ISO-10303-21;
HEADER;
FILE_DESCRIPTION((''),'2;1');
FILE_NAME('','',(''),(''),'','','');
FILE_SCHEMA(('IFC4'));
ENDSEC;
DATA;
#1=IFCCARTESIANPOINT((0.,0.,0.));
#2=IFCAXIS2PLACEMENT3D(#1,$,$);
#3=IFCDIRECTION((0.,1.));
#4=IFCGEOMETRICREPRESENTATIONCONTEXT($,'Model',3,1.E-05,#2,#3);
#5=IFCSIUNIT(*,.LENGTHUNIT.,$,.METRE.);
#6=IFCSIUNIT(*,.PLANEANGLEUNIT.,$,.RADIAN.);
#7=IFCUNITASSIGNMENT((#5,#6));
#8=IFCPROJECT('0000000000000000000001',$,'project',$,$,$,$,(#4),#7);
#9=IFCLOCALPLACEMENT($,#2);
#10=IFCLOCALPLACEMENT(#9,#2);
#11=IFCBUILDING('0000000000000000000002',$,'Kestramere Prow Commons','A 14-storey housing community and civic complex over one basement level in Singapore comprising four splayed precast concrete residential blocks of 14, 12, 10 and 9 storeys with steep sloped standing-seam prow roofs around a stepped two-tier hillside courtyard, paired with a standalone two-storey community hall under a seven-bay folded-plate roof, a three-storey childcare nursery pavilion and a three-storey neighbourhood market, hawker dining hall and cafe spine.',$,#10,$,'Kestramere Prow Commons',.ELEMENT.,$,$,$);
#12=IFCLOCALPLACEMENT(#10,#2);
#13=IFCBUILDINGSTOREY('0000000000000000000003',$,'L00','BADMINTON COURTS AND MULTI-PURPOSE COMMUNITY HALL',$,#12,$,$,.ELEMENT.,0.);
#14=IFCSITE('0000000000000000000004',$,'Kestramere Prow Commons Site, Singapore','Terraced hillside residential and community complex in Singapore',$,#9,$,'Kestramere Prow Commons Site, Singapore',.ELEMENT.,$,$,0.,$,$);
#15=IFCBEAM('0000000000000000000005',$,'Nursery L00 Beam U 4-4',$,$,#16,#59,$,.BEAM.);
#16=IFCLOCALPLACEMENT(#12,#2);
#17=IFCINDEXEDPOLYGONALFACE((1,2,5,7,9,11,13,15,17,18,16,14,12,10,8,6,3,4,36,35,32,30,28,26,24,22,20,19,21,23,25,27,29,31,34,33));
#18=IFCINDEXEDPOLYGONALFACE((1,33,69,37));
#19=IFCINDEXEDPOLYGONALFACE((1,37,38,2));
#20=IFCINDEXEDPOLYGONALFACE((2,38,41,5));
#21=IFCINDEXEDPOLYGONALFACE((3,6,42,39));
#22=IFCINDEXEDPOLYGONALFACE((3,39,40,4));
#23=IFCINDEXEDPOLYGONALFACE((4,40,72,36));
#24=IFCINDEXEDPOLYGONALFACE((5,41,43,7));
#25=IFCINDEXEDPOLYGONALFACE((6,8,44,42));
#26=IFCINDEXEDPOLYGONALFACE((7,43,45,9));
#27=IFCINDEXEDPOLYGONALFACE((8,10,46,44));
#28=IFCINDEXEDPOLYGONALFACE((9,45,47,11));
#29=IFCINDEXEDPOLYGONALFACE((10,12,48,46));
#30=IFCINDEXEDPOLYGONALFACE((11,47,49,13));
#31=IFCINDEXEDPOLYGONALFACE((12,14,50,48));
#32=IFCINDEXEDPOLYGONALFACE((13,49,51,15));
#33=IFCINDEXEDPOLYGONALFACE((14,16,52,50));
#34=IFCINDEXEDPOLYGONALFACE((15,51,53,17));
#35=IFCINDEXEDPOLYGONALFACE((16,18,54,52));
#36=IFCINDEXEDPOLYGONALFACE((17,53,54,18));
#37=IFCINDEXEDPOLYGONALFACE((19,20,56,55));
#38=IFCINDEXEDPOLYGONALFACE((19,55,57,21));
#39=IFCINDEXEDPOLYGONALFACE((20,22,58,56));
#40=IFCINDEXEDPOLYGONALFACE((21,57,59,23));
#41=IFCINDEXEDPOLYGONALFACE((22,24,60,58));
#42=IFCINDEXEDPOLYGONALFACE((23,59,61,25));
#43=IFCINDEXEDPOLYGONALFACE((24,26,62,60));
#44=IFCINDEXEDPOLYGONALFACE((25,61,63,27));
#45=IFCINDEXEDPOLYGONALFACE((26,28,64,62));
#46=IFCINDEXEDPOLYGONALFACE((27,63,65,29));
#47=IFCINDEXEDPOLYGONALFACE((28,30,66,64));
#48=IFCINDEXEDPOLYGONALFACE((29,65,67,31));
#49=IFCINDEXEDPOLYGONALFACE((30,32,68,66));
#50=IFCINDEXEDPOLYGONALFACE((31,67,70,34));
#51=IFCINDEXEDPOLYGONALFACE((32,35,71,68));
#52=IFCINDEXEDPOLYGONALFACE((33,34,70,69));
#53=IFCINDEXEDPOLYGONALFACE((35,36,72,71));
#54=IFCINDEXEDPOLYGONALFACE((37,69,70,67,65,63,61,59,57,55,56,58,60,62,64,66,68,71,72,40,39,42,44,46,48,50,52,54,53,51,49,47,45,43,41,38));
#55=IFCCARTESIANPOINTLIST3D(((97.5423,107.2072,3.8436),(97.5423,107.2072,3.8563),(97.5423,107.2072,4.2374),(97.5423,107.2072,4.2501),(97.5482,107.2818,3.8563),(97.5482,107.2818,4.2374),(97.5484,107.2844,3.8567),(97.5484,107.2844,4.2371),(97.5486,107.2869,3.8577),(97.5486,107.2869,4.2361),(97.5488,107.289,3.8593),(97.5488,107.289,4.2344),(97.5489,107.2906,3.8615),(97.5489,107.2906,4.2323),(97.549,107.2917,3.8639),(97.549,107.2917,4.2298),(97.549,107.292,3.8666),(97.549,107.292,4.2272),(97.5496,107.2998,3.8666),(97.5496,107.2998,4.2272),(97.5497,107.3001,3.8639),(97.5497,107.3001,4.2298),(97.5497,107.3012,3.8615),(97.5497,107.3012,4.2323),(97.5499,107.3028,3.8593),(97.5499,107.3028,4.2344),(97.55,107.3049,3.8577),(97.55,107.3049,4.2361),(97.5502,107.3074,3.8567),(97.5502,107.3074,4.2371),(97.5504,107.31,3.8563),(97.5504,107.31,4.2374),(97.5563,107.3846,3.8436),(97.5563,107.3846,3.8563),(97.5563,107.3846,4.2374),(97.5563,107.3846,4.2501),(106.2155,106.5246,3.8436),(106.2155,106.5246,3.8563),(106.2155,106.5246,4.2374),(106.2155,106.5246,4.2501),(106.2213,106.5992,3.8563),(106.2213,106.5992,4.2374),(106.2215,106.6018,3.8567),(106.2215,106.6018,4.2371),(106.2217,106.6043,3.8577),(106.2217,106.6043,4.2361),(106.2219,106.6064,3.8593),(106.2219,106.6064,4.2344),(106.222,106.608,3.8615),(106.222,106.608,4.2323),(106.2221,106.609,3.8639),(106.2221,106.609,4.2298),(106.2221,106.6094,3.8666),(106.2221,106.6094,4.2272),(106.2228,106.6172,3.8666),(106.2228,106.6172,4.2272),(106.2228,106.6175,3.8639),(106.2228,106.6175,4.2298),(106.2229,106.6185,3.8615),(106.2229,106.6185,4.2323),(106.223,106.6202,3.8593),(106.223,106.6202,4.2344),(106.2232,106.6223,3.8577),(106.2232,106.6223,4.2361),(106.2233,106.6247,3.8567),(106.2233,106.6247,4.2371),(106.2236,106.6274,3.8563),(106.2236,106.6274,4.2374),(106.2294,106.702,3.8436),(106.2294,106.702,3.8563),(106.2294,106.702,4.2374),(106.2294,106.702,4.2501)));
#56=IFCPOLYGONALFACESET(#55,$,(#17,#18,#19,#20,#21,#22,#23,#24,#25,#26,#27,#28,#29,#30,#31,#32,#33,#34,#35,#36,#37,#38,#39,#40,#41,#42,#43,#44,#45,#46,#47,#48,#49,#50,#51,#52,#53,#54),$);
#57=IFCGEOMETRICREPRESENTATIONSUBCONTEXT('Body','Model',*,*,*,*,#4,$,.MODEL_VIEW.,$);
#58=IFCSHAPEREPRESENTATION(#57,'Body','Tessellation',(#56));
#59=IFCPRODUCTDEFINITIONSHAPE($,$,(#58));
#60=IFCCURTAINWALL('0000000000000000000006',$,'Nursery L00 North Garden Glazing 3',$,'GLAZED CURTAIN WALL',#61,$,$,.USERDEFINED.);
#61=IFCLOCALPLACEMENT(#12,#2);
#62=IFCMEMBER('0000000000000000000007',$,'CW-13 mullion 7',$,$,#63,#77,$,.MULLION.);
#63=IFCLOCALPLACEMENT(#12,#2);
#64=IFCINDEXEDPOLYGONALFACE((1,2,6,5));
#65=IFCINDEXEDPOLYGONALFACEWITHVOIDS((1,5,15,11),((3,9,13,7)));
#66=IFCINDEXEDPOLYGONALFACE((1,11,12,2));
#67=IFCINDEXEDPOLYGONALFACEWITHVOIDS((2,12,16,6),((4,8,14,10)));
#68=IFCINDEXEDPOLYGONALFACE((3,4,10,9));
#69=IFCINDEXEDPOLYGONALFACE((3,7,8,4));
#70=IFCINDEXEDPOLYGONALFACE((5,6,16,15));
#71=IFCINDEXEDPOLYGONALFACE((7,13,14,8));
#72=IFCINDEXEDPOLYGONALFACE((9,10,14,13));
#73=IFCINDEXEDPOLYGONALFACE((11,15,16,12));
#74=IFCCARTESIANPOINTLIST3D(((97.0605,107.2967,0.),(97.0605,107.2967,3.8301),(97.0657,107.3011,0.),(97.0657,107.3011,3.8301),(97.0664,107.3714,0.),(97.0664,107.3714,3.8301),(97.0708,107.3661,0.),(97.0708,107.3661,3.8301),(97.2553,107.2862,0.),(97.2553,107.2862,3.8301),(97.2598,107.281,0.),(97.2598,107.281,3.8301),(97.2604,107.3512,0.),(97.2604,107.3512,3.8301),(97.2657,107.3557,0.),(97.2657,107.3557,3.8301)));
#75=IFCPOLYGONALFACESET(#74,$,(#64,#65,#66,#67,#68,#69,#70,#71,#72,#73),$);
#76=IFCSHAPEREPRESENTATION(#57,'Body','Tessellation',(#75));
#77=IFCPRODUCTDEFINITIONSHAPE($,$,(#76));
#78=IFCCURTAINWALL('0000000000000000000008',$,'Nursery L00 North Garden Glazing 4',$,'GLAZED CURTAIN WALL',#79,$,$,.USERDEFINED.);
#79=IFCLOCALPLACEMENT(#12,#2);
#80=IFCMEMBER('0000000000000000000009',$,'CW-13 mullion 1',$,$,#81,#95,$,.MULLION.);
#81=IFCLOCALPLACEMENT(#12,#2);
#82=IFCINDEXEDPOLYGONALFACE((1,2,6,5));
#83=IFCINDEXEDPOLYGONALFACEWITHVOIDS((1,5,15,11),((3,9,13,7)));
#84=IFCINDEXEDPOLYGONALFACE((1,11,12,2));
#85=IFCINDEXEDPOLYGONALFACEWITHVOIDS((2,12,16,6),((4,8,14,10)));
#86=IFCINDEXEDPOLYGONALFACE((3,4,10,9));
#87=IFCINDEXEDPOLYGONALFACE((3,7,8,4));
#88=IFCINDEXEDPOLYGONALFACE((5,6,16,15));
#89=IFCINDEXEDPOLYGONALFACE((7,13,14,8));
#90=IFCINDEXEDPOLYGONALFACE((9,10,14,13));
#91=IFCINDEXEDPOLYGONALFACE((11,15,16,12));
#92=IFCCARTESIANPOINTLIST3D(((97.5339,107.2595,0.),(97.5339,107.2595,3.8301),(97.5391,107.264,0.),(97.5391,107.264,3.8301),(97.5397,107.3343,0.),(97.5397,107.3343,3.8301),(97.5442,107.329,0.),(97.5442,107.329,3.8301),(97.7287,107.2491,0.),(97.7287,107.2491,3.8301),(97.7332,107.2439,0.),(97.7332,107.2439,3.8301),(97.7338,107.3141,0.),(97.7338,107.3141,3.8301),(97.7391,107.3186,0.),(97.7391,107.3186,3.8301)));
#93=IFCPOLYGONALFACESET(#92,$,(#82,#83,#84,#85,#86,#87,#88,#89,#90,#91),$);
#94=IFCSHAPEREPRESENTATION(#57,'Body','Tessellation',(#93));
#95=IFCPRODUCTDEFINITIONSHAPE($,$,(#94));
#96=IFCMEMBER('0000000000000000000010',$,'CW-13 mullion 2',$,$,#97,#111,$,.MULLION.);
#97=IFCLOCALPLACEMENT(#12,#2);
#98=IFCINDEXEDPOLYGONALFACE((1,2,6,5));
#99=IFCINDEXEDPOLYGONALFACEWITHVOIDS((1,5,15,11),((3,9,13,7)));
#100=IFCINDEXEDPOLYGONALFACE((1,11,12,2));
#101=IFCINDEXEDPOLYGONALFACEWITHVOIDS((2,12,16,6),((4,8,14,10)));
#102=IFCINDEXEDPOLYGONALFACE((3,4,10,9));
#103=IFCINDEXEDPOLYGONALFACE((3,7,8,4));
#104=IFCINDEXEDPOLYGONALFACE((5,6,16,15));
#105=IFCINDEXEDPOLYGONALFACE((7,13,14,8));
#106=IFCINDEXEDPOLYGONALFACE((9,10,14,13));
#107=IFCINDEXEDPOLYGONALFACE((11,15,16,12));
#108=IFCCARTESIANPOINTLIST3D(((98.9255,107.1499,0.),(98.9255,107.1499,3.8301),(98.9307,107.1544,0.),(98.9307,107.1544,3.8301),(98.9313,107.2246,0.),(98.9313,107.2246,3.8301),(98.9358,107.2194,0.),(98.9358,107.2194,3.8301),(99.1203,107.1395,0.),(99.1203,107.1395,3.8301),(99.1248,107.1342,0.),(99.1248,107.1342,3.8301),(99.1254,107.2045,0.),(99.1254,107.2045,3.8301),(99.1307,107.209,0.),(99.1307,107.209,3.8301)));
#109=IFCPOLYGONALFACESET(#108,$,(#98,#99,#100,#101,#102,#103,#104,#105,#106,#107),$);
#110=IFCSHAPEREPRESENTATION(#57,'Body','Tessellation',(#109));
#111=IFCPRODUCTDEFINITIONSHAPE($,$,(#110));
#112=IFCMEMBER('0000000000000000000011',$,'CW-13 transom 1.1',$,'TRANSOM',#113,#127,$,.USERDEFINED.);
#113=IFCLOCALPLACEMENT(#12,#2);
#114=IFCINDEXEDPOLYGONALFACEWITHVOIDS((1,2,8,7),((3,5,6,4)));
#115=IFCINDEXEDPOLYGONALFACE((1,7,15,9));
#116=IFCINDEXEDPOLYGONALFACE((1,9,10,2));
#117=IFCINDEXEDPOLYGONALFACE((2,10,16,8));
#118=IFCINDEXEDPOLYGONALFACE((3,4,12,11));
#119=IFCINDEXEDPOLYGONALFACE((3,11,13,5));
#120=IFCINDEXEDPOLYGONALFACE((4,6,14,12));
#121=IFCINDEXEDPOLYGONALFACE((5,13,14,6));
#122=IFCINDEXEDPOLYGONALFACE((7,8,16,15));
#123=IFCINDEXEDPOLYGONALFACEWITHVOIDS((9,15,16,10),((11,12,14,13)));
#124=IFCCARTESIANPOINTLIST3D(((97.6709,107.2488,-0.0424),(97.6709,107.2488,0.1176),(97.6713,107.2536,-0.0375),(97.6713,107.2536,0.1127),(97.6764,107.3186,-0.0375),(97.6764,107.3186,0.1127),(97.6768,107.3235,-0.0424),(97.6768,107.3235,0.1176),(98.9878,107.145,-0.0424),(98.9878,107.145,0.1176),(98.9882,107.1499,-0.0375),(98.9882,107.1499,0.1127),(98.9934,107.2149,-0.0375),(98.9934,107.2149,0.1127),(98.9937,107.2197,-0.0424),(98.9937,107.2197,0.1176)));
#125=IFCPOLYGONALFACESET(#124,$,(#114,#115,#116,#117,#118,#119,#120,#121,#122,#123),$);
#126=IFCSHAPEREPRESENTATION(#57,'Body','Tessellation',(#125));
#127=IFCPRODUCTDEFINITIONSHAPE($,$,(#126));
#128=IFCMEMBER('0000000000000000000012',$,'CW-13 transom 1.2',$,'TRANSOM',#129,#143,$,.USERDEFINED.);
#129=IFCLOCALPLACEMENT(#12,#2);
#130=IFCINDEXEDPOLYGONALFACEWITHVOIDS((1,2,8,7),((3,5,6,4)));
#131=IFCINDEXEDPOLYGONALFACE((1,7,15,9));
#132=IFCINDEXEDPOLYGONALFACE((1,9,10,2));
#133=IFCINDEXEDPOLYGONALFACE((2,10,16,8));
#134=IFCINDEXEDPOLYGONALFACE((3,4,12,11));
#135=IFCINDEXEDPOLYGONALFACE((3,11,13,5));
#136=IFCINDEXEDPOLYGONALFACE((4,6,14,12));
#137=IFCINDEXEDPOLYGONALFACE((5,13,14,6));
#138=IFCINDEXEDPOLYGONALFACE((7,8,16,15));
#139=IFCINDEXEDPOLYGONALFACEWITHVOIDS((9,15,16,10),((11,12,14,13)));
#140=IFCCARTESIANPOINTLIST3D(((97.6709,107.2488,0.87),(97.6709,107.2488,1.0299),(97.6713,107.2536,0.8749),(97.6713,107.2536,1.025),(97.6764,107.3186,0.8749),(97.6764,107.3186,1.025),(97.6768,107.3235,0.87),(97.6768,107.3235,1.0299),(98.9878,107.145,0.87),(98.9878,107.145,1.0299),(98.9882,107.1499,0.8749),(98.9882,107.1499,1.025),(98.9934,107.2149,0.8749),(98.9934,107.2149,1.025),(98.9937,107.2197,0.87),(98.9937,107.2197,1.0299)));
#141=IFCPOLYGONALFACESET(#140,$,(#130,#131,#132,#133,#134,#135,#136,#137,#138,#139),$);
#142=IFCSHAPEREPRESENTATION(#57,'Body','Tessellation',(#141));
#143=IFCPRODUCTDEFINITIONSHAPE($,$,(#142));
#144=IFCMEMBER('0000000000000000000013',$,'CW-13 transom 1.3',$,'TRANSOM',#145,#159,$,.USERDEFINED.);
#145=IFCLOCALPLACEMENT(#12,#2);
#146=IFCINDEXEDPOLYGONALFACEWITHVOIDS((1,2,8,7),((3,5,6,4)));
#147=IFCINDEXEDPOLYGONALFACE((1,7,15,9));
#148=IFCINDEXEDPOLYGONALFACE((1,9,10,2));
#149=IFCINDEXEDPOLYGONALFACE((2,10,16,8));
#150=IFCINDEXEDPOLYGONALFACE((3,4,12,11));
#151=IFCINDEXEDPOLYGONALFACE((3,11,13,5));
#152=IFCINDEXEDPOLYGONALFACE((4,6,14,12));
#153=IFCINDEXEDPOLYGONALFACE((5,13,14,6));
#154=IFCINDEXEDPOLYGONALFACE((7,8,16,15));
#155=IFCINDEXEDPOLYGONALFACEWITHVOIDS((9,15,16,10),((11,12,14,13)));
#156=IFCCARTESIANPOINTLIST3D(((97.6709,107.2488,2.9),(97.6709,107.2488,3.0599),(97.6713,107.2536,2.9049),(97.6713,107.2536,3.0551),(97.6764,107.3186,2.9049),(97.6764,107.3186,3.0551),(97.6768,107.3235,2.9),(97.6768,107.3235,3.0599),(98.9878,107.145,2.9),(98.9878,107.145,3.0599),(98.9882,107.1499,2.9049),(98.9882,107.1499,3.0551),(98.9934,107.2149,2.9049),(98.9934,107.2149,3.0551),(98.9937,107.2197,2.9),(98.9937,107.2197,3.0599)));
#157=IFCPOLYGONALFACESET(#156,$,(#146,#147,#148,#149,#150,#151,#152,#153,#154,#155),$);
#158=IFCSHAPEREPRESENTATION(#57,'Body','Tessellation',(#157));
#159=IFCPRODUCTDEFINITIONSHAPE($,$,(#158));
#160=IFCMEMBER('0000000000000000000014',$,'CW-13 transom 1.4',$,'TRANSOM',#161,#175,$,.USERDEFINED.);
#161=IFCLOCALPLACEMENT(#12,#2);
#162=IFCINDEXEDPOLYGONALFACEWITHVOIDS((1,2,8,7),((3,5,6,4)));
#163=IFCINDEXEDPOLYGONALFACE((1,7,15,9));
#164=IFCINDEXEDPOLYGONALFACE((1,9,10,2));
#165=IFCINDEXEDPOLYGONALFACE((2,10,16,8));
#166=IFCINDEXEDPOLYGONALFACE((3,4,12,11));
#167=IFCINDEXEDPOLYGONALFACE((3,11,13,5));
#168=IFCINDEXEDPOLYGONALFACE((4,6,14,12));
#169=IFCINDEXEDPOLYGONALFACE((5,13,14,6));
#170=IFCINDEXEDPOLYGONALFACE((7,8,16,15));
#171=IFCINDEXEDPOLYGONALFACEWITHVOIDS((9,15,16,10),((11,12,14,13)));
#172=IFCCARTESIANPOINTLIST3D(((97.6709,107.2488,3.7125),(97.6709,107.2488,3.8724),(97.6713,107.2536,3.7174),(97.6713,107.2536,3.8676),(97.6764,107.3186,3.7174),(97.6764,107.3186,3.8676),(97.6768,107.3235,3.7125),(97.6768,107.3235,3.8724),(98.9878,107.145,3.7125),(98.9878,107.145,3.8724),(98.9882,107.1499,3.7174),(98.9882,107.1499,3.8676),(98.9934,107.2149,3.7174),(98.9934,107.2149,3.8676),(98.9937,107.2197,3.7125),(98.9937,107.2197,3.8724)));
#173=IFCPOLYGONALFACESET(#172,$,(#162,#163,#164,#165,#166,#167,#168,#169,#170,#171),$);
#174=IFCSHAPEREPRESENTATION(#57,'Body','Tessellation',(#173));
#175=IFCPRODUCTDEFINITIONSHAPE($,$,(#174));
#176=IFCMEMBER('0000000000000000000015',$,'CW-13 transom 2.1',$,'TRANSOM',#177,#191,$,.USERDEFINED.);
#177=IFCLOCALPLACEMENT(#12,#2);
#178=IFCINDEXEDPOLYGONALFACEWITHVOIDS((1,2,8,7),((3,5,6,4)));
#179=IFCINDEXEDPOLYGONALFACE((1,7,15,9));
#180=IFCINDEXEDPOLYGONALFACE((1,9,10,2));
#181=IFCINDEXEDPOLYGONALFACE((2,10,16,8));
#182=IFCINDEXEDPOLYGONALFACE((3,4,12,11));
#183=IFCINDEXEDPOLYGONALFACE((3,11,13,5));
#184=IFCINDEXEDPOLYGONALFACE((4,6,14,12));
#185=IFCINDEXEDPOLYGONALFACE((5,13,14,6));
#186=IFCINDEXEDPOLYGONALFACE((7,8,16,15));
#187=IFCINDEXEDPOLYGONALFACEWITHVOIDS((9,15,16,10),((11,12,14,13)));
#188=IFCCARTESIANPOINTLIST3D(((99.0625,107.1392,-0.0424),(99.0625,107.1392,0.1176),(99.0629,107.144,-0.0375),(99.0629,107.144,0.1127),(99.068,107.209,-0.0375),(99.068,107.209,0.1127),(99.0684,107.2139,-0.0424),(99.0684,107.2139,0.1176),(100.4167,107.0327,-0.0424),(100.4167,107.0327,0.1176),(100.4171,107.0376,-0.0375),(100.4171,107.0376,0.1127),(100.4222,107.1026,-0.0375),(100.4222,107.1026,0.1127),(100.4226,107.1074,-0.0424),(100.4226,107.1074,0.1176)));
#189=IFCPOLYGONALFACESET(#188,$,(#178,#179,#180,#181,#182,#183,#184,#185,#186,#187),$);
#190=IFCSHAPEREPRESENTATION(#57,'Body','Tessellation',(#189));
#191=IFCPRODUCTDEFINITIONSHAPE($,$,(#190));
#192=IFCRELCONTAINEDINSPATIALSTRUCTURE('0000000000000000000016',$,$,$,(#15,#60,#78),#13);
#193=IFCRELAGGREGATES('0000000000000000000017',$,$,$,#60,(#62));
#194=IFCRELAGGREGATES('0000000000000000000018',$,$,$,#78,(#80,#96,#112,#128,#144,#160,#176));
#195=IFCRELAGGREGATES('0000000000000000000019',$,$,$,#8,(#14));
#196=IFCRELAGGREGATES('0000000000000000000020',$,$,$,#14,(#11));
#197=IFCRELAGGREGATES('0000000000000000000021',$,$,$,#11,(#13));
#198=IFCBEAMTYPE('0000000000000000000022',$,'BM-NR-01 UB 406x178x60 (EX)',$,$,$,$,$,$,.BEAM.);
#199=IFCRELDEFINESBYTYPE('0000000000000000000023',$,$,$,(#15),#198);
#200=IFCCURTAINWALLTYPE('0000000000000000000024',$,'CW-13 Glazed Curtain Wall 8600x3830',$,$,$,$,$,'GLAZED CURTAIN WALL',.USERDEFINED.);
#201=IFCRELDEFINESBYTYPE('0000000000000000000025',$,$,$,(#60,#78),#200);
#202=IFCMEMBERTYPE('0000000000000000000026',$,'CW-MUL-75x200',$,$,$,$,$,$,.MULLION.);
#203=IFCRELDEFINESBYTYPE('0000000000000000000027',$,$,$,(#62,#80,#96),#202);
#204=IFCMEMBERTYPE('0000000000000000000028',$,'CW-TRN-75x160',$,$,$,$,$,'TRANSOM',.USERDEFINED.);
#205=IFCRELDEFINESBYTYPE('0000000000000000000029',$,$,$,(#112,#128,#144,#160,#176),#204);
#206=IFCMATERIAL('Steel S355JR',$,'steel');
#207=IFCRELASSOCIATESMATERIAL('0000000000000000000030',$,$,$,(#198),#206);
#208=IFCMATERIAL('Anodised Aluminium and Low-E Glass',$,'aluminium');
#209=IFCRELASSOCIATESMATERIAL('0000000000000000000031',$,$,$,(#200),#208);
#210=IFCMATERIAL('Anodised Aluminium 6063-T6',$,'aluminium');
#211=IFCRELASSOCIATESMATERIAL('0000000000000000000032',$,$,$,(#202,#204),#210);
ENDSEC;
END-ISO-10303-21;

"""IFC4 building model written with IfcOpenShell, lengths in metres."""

from ifc_helpers import new_model, si_unit, direction, frame, origin, origin_2d, place, context, subcontext, project, spatial, hollow_rectangle, i_section, extrude, material, material_profile, profile_set, type_object, element, aggregate, save


model = new_model("IFC4")

# Units and contexts
model_context = context("Model", 3, precision=1e-05, world=origin(), true_north=direction((0.0, 1.0)))
body_context = subcontext(model_context, "Body", "Model", "MODEL_VIEW")
ifc_project = project(units=[si_unit("LENGTHUNIT", "METRE"), si_unit("PLANEANGLEUNIT", "RADIAN")], contexts=[model_context])

# Site, building, storey
site_placement = place(None, origin())
site = spatial("IfcSite", under=ifc_project, at=site_placement, Name="Kestramere Prow Commons Site, Singapore", Description="Terraced hillside residential and community complex in Singapore", LongName="Kestramere Prow Commons Site, Singapore", CompositionType="ELEMENT", RefElevation=0.0)
building_placement = place(site_placement, origin())
building = spatial("IfcBuilding", under=site, at=building_placement, Name="Kestramere Prow Commons", Description="A 14-storey housing community and civic complex over one basement level in Singapore comprising four splayed precast concrete residential blocks of 14, 12, 10 and 9 storeys with steep sloped standing-seam prow roofs around a stepped two-tier hillside courtyard, paired with a standalone two-storey community hall under a seven-bay folded-plate roof, a three-storey childcare nursery pavilion and a three-storey neighbourhood market, hawker dining hall and cafe spine.", LongName="Kestramere Prow Commons", CompositionType="ELEMENT")
storey_placement = place(building_placement, origin())
storey = spatial("IfcBuildingStorey", under=building, at=storey_placement, Name="L00", Description="BADMINTON COURTS AND MULTI-PURPOSE COMMUNITY HALL", CompositionType="ELEMENT", Elevation=0.0)

# Shared definitions
ifc_material_1 = material(Name="Steel S355JR", Category="steel")

# Beam
ifc_material_profile_1 = material_profile(ifc_material_1, i_section(OverallWidth=0.178, OverallDepth=0.4065, WebThickness=0.0078, FlangeThickness=0.0127, FilletRadius=0.0103, at=origin_2d()), Name="UB 406x178x60")
ifc_profile_set_1 = profile_set([ifc_material_profile_1], Name="Steel S355JR")
beam_type_1 = type_object("IfcBeamType", Name="BM-NR-01 UB 406x178x60 (EX)", PredefinedType="BEAM", material=ifc_profile_set_1)
beam_1_placement = place(storey_placement, frame((97.5493, 107.2959, 4.0469), z_axis=(0.996917, -0.078462, 0.0), x_axis=(0.078462, 0.996917, 0.0)))
element("IfcBeam", 1, at=beam_1_placement, inside=storey, type_object=beam_type_1, Name="Nursery L00 Beam U 4-4", PredefinedType="BEAM", context=body_context, shape_type="SweptSolid", body=[
    extrude(i_section(OverallWidth=0.178, OverallDepth=0.4065, WebThickness=0.0078, FlangeThickness=0.0127, FilletRadius=0.0103, at=origin_2d()), origin(), (0.0, 0.0, 1.0), 8.7),
])

# Curtain wall, member
ifc_material_2 = material(Name="Anodised Aluminium and Low-E Glass", Category="aluminium")
curtain_wall_type = type_object("IfcCurtainWallType", Name="CW-13 Glazed Curtain Wall 8600x3830", ElementType="GLAZED CURTAIN WALL", PredefinedType="USERDEFINED", material=ifc_material_2)
curtain_wall_1_placement = place(storey_placement, origin())
curtain_wall_1 = element("IfcCurtainWall", 2, at=curtain_wall_1_placement, inside=storey, type_object=curtain_wall_type, Name="Nursery L00 North Garden Glazing 3", ObjectType="GLAZED CURTAIN WALL", PredefinedType="USERDEFINED")
ifc_material_3 = material(Name="Anodised Aluminium 6063-T6", Category="aluminium")
ifc_material_profile_2 = material_profile(ifc_material_3, hollow_rectangle(XDim=0.075, YDim=0.2, WallThickness=0.0049, at=origin_2d()), Name="ALU-MUL 75x200")
ifc_profile_set_2 = profile_set([ifc_material_profile_2], Name="Anodised Aluminium 6063-T6")
member_type_1 = type_object("IfcMemberType", Name="CW-MUL-75x200", PredefinedType="MULLION", material=ifc_profile_set_2)
member_1_placement = place(storey_placement, frame((97.1631, 107.3262, 0.0), z_axis=(0.0, 0.0, 1.0), x_axis=(0.078459, 0.996917, 0.0)))
member_1 = element("IfcMember", 3, at=member_1_placement, type_object=member_type_1, Name="CW-13 mullion 7", PredefinedType="MULLION", context=body_context, shape_type="SweptSolid", body=[
    extrude(hollow_rectangle(XDim=0.075, YDim=0.2, WallThickness=0.0049, at=origin_2d()), origin(), (0.0, 0.0, 1.0), 3.8301),
])

# Curtain wall, members
curtain_wall_2_placement = place(storey_placement, origin())
curtain_wall_2 = element("IfcCurtainWall", 4, at=curtain_wall_2_placement, inside=storey, type_object=curtain_wall_type, Name="Nursery L00 North Garden Glazing 4", ObjectType="GLAZED CURTAIN WALL", PredefinedType="USERDEFINED")
member_2_placement = place(storey_placement, frame((97.6365, 107.2891, 0.0), z_axis=(0.0, 0.0, 1.0), x_axis=(0.078459, 0.996917, 0.0)))
member_2 = element("IfcMember", 5, at=member_2_placement, type_object=member_type_1, Name="CW-13 mullion 1", PredefinedType="MULLION", context=body_context, shape_type="SweptSolid", body=[
    extrude(hollow_rectangle(XDim=0.075, YDim=0.2, WallThickness=0.0049, at=origin_2d()), origin(), (0.0, 0.0, 1.0), 3.8301),
])
member_3_placement = place(storey_placement, frame((99.0281, 107.1794, 0.0), z_axis=(0.0, 0.0, 1.0), x_axis=(0.078459, 0.996917, 0.0)))
member_3 = element("IfcMember", 6, at=member_3_placement, type_object=member_type_1, Name="CW-13 mullion 2", PredefinedType="MULLION", context=body_context, shape_type="SweptSolid", body=[
    extrude(hollow_rectangle(XDim=0.075, YDim=0.2, WallThickness=0.0049, at=origin_2d()), origin(), (0.0, 0.0, 1.0), 3.8301),
])
ifc_material_profile_3 = material_profile(ifc_material_3, hollow_rectangle(XDim=0.075, YDim=0.1599, WallThickness=0.0049, at=origin_2d()), Name="ALU-TRN 75x160")
ifc_profile_set_3 = profile_set([ifc_material_profile_3], Name="Anodised Aluminium 6063-T6")
member_type_2 = type_object("IfcMemberType", Name="CW-TRN-75x160", ElementType="TRANSOM", PredefinedType="USERDEFINED", material=ifc_profile_set_3)
member_4_placement = place(storey_placement, frame((97.6738, 107.2861, 0.0376), z_axis=(0.99691, -0.078548, 0.0), x_axis=(0.078548, 0.99691, 0.0)))
member_4 = element("IfcMember", 7, at=member_4_placement, type_object=member_type_2, Name="CW-13 transom 1.1", ObjectType="TRANSOM", PredefinedType="USERDEFINED", context=body_context, shape_type="SweptSolid", body=[
    extrude(hollow_rectangle(XDim=0.075, YDim=0.1599, WallThickness=0.0049, at=origin_2d()), origin(), (0.0, 0.0, 1.0), 1.321),
])
member_5_placement = place(storey_placement, frame((97.6738, 107.2861, 0.95), z_axis=(0.99691, -0.078548, 0.0), x_axis=(0.078548, 0.99691, 0.0)))
member_5 = element("IfcMember", 8, at=member_5_placement, type_object=member_type_2, Name="CW-13 transom 1.2", ObjectType="TRANSOM", PredefinedType="USERDEFINED", context=body_context, shape_type="SweptSolid", body=[
    extrude(hollow_rectangle(XDim=0.075, YDim=0.1599, WallThickness=0.0049, at=origin_2d()), origin(), (0.0, 0.0, 1.0), 1.321),
])
member_6_placement = place(storey_placement, frame((97.6738, 107.2861, 2.98), z_axis=(0.99691, -0.078548, 0.0), x_axis=(0.078548, 0.99691, 0.0)))
member_6 = element("IfcMember", 9, at=member_6_placement, type_object=member_type_2, Name="CW-13 transom 1.3", ObjectType="TRANSOM", PredefinedType="USERDEFINED", context=body_context, shape_type="SweptSolid", body=[
    extrude(hollow_rectangle(XDim=0.075, YDim=0.1599, WallThickness=0.0049, at=origin_2d()), origin(), (0.0, 0.0, 1.0), 1.321),
])
member_7_placement = place(storey_placement, frame((97.6738, 107.2861, 3.7925), z_axis=(0.99691, -0.078548, 0.0), x_axis=(0.078548, 0.99691, 0.0)))
member_7 = element("IfcMember", 10, at=member_7_placement, type_object=member_type_2, Name="CW-13 transom 1.4", ObjectType="TRANSOM", PredefinedType="USERDEFINED", context=body_context, shape_type="SweptSolid", body=[
    extrude(hollow_rectangle(XDim=0.075, YDim=0.1599, WallThickness=0.0049, at=origin_2d()), origin(), (0.0, 0.0, 1.0), 1.321),
])
member_8_placement = place(storey_placement, frame((99.0654, 107.1765, 0.0376), z_axis=(0.996925, -0.078359, 0.0), x_axis=(0.078359, 0.996925, 0.0)))
member_8 = element("IfcMember", 11, at=member_8_placement, type_object=member_type_2, Name="CW-13 transom 2.1", ObjectType="TRANSOM", PredefinedType="USERDEFINED", context=body_context, shape_type="SweptSolid", body=[
    extrude(hollow_rectangle(XDim=0.075, YDim=0.1599, WallThickness=0.0049, at=origin_2d()), origin(), (0.0, 0.0, 1.0), 1.3584),
])

aggregate(curtain_wall_1, [member_1])
aggregate(curtain_wall_2, [member_2, member_3, member_4, member_5, member_6, member_7, member_8])

save(model, "model.ifc")
